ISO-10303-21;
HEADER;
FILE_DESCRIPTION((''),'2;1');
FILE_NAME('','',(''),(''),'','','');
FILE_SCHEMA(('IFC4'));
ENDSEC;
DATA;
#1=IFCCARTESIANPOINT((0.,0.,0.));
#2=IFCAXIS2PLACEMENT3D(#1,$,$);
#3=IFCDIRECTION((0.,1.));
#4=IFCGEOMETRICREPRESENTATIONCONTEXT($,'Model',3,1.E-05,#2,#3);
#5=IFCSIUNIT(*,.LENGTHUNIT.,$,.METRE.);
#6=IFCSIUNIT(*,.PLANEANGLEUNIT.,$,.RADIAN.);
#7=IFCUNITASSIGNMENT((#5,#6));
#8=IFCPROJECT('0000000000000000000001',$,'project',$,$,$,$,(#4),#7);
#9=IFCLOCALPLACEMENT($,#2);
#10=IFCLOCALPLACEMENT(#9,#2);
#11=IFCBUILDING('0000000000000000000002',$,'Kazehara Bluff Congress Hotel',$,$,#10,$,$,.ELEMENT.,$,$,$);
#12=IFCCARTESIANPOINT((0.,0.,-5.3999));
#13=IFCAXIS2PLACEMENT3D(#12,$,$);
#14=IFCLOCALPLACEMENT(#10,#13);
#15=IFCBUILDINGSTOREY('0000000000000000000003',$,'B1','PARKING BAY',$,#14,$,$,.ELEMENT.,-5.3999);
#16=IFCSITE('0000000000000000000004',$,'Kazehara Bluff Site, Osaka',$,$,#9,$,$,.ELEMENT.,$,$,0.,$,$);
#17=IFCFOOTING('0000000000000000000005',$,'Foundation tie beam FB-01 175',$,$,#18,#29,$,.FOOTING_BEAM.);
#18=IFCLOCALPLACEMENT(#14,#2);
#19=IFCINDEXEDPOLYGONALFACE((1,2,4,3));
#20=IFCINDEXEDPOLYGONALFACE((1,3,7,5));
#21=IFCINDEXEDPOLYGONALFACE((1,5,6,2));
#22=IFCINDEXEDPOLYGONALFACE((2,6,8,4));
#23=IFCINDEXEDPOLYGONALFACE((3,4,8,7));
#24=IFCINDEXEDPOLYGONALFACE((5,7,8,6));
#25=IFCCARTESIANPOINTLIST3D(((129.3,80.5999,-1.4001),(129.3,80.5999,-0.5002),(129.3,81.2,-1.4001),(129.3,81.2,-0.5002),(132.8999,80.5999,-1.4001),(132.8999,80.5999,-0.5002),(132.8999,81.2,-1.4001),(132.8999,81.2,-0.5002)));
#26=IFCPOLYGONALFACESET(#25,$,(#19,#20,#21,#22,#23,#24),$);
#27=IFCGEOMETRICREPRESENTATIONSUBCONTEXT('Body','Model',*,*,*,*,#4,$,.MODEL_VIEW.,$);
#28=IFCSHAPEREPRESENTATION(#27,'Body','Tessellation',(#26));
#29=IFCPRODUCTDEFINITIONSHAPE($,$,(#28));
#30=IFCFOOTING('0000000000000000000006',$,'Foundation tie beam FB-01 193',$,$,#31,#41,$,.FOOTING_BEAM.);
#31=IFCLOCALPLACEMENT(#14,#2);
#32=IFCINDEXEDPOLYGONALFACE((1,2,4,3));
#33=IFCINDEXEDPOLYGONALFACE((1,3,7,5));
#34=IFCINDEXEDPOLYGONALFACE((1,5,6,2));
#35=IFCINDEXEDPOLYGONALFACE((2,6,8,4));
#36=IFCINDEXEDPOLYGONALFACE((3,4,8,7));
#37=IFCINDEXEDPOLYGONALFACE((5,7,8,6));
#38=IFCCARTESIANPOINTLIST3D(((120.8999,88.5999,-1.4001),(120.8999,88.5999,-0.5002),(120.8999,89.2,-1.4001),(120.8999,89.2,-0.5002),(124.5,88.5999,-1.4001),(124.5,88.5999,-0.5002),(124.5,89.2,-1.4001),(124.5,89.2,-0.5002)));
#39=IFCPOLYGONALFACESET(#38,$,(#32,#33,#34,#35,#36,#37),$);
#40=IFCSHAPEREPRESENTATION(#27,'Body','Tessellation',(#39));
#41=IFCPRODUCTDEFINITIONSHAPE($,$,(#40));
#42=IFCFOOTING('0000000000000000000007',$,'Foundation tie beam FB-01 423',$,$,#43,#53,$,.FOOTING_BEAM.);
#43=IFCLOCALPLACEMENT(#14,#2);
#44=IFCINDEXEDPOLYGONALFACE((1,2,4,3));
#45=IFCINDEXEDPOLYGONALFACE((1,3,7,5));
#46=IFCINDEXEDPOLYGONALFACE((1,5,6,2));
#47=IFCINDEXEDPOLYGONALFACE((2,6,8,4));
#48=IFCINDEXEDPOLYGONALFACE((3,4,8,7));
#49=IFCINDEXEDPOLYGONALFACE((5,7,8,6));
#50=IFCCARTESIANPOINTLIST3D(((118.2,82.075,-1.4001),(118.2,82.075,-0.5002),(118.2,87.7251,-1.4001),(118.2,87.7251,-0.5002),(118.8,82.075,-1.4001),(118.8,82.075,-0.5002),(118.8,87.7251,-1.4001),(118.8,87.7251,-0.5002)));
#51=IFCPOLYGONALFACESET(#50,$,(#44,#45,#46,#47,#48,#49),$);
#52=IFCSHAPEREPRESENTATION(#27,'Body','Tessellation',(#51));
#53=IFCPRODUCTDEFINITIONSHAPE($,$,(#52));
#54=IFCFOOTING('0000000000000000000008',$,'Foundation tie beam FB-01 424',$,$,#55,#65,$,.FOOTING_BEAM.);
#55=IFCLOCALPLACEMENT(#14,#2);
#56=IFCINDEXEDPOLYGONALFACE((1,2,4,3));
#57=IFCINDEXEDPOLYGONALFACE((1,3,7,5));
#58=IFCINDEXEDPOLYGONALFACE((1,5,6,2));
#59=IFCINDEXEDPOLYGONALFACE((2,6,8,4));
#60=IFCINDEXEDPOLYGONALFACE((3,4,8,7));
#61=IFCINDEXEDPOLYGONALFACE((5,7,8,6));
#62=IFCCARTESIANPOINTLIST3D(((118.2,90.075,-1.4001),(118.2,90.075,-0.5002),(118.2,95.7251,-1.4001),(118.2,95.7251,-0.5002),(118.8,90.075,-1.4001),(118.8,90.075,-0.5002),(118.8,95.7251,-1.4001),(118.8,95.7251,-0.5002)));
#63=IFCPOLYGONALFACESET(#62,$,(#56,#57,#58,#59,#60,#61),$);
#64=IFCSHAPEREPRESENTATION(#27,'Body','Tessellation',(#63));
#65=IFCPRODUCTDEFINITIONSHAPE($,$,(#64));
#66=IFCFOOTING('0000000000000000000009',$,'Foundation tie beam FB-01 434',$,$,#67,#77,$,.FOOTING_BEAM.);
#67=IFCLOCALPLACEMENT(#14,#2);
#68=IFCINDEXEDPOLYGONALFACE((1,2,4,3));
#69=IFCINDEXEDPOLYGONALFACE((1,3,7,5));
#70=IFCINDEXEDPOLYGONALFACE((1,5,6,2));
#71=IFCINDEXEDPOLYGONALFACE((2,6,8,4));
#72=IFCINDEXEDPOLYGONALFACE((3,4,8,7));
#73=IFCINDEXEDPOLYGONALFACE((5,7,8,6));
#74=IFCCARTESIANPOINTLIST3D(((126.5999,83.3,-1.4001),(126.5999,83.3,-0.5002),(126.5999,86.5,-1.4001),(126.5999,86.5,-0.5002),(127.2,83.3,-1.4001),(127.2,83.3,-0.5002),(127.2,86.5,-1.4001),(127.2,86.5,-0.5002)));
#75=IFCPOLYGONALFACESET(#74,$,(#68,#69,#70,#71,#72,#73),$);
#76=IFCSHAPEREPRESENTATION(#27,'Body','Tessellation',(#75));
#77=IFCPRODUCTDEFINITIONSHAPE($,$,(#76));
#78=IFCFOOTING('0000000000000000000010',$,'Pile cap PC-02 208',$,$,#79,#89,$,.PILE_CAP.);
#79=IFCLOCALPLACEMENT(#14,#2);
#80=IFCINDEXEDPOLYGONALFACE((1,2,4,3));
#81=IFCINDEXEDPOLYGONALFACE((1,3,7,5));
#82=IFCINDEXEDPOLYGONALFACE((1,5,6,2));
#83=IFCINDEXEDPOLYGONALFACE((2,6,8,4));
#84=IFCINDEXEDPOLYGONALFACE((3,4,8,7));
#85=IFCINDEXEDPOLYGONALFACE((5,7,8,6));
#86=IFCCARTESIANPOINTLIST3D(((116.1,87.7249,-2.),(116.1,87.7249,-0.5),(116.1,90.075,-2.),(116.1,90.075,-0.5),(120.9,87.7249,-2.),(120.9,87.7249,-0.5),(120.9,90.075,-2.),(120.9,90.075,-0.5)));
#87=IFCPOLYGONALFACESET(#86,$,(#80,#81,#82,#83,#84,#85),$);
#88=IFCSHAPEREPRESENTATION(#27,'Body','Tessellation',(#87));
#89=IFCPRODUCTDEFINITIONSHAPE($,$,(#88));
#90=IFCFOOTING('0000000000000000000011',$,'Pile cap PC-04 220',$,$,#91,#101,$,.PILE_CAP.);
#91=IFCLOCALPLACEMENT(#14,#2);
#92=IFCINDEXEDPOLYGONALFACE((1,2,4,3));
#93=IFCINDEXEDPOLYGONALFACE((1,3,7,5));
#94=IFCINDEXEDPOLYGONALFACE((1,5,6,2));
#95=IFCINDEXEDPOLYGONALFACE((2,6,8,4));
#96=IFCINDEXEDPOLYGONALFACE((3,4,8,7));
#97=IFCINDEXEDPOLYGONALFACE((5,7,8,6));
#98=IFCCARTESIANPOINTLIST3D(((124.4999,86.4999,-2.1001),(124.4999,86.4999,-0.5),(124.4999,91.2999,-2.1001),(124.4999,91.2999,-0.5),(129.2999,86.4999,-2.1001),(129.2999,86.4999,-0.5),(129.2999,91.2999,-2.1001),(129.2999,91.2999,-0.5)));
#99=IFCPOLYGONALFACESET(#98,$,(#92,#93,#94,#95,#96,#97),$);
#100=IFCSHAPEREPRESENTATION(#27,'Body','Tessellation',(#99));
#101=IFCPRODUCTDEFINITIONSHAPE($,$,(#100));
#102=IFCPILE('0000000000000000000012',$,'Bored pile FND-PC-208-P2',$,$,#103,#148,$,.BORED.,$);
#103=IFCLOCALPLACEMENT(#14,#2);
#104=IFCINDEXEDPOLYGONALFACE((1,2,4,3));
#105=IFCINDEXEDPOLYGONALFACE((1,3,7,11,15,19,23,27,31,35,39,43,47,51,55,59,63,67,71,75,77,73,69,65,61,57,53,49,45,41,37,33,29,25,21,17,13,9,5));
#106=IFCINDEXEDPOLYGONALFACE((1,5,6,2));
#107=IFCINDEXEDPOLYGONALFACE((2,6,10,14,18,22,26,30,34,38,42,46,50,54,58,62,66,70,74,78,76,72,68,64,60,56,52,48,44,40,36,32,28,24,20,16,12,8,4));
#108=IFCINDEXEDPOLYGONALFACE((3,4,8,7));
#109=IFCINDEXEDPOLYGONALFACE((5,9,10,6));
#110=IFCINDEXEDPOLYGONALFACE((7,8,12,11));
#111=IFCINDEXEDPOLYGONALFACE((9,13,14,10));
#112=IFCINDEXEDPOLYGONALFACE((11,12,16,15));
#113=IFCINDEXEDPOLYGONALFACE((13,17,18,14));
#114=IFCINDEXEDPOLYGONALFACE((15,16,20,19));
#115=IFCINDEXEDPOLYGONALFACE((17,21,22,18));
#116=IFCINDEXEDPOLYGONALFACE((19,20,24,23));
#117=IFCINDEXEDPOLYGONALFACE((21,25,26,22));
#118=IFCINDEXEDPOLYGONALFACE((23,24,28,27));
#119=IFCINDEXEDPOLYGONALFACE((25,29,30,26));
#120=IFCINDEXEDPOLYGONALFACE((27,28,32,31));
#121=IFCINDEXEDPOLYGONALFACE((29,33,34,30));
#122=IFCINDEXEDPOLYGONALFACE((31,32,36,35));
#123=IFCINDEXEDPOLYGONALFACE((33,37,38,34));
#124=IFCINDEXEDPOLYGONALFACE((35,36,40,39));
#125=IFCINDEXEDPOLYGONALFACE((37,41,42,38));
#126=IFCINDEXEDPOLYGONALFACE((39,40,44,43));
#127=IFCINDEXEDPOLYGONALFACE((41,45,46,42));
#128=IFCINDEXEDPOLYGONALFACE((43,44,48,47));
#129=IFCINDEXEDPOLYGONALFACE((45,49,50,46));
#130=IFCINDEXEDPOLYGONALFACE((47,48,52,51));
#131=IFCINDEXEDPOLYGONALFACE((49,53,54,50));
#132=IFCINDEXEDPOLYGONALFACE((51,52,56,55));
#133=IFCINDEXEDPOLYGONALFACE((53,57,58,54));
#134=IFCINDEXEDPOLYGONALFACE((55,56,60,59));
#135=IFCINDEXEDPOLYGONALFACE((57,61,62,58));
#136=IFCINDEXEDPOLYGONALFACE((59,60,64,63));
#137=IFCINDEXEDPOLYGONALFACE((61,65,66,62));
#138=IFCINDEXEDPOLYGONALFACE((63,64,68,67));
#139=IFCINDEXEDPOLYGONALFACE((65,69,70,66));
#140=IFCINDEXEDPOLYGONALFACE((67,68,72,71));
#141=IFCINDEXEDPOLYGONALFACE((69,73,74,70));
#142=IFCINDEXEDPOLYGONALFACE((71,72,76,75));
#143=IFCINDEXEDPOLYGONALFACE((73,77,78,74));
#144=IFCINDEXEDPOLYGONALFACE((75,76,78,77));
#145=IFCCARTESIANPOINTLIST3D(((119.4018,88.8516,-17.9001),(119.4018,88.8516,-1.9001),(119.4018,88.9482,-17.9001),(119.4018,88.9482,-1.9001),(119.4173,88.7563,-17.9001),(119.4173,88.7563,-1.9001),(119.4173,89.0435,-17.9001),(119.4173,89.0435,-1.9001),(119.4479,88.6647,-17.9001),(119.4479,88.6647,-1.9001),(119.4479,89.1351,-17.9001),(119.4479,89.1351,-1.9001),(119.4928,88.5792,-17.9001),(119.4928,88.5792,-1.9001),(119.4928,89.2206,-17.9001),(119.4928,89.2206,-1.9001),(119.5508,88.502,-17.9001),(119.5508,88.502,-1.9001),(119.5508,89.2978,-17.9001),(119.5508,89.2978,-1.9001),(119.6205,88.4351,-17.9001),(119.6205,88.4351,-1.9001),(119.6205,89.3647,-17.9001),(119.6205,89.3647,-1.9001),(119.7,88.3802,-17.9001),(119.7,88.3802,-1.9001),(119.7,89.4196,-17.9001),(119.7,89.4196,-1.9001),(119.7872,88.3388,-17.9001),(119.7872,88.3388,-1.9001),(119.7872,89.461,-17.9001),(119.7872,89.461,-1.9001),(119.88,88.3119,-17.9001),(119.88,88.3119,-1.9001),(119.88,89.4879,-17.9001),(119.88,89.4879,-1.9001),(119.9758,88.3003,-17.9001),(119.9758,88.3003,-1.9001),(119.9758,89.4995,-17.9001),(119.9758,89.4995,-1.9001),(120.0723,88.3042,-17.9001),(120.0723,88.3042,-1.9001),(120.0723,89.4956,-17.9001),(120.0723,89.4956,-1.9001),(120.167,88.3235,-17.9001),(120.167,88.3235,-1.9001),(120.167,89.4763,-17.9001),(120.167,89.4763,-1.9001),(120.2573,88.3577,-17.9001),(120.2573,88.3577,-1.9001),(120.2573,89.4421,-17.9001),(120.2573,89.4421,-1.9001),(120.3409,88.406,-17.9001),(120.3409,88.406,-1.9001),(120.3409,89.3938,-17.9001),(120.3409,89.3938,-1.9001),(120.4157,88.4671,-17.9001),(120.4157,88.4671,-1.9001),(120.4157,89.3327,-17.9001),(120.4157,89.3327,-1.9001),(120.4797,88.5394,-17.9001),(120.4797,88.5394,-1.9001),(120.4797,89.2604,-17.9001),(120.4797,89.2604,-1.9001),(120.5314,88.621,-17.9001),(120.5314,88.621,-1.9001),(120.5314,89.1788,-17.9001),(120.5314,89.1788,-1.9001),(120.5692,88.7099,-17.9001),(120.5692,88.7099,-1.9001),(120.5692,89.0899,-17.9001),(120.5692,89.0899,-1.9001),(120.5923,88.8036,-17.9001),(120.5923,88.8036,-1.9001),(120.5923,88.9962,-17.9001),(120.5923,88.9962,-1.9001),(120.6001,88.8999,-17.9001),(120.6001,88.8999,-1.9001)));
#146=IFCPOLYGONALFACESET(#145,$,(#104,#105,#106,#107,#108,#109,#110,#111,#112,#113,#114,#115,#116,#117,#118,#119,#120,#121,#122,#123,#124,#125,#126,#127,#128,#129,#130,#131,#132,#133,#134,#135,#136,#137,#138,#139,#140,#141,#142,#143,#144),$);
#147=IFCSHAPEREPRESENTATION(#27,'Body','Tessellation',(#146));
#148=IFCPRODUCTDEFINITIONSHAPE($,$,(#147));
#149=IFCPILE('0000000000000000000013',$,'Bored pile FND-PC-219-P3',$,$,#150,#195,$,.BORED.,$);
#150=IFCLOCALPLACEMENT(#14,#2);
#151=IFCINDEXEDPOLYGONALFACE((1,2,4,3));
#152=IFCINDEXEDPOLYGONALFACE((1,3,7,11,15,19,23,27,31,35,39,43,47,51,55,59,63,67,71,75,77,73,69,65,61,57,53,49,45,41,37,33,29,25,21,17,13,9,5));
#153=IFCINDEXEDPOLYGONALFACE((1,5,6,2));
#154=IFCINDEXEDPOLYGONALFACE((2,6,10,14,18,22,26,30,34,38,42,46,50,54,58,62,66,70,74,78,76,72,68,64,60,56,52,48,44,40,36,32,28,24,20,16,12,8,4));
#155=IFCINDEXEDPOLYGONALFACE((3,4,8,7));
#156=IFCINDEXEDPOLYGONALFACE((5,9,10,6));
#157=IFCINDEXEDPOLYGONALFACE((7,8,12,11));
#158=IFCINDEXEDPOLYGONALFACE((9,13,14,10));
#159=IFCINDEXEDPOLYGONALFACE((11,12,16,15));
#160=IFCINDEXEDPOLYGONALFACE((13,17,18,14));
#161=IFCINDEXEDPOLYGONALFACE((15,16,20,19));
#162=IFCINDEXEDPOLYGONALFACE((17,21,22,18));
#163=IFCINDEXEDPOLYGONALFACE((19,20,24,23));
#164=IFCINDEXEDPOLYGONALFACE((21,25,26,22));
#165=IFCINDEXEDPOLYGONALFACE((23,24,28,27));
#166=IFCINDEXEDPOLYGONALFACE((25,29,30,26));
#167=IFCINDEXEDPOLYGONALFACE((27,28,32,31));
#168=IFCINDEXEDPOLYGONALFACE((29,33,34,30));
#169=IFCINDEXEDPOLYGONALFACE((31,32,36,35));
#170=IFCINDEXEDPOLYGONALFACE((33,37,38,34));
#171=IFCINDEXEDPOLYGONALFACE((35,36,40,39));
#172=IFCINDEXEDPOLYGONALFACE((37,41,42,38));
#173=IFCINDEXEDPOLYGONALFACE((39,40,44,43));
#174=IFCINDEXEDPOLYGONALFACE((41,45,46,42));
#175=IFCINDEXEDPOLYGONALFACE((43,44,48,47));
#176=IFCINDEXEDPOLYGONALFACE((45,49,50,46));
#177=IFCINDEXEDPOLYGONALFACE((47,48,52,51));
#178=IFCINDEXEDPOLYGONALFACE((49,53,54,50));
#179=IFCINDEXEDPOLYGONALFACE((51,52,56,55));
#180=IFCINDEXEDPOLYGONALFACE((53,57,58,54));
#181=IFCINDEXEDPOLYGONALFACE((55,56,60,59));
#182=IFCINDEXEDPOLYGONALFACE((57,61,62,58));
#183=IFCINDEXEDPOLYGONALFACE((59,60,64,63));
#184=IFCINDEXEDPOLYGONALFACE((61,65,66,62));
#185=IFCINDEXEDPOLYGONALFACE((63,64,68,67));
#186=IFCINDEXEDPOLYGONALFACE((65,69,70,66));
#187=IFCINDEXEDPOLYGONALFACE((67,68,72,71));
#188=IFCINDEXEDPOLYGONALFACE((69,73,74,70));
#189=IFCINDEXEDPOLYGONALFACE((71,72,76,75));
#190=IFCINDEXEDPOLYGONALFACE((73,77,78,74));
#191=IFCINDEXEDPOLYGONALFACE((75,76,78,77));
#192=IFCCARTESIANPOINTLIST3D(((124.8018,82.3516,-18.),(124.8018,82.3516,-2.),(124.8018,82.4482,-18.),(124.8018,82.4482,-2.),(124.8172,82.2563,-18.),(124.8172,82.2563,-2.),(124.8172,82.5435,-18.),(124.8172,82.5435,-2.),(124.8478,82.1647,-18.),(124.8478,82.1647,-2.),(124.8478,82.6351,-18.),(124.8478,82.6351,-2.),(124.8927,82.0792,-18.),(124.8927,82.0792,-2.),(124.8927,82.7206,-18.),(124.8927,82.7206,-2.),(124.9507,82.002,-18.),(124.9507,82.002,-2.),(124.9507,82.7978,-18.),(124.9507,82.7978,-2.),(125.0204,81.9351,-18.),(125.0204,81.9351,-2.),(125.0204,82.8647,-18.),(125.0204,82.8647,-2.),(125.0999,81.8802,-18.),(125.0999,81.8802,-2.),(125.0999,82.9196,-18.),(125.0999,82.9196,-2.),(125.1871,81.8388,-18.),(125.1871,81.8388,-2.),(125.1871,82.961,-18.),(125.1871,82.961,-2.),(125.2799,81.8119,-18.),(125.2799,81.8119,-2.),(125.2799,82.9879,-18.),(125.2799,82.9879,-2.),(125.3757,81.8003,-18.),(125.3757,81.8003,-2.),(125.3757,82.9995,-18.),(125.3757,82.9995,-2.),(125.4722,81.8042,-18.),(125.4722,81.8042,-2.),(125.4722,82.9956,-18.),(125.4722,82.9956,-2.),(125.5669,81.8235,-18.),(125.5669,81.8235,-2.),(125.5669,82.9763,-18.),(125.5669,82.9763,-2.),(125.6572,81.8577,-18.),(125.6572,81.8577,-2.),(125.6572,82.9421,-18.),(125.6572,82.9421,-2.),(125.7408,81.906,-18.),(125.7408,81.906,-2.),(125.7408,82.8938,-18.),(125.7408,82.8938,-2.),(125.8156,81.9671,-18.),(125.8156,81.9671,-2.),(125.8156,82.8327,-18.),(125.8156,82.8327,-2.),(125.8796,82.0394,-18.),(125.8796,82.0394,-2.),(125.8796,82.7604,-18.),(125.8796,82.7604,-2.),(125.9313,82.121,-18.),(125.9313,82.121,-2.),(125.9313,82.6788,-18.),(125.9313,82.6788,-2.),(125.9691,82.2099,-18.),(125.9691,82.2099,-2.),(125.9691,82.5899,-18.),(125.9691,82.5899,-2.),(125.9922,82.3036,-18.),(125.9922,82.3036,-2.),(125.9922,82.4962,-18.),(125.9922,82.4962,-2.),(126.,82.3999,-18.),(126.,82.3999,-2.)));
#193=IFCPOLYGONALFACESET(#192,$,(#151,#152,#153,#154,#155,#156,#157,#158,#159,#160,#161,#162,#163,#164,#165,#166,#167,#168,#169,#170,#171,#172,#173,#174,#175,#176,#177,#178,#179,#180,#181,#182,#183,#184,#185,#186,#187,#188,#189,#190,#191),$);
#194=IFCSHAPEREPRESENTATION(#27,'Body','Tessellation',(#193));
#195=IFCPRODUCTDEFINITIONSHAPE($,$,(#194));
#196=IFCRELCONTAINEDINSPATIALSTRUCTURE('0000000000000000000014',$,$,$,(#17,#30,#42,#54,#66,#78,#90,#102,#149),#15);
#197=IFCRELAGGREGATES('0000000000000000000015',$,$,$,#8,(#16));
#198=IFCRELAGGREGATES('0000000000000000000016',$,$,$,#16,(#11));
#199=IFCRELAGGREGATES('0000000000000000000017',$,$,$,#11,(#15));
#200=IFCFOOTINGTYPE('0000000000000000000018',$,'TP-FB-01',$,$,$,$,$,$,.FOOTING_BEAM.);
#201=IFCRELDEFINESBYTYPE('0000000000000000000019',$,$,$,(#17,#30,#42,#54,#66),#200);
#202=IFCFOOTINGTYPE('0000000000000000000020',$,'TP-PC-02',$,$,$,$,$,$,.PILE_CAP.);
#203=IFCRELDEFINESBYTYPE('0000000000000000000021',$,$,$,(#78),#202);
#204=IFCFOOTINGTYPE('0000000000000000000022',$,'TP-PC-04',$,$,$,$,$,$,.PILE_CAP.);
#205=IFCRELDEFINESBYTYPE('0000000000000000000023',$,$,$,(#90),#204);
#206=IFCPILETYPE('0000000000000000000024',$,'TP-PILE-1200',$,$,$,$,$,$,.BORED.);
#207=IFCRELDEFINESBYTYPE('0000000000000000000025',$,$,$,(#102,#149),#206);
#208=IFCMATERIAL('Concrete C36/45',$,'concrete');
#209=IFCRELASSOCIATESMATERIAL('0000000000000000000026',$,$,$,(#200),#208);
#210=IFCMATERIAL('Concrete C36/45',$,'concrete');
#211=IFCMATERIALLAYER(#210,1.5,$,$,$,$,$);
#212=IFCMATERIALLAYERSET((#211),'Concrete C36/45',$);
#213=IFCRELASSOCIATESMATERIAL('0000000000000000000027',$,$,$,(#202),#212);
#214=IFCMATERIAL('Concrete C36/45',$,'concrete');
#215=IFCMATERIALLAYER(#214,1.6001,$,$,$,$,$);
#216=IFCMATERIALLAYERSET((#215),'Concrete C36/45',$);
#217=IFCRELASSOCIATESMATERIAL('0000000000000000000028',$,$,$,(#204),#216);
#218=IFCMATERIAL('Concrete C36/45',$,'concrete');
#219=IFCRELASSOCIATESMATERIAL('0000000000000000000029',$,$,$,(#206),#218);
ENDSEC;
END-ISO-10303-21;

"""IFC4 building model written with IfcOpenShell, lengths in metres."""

from ifc_helpers import new_model, si_unit, direction, frame, origin, origin_2d, place, context, subcontext, project, spatial, rectangle, circle, extrude, material, layer, layer_set, material_profile, profile_set, type_object, element, save


model = new_model("IFC4")

# Units and contexts
model_context = context("Model", 3, precision=1e-05, world=origin(), true_north=direction((0.0, 1.0)))
body_context = subcontext(model_context, "Body", "Model", "MODEL_VIEW")
ifc_project = project(units=[si_unit("LENGTHUNIT", "METRE"), si_unit("PLANEANGLEUNIT", "RADIAN")], contexts=[model_context])

# Site, building, storey
site_placement = place(None, origin())
site = spatial("IfcSite", under=ifc_project, at=site_placement, Name="Kazehara Bluff Site, Osaka", CompositionType="ELEMENT", RefElevation=0.0)
building_placement = place(site_placement, origin())
building = spatial("IfcBuilding", under=site, at=building_placement, Name="Kazehara Bluff Congress Hotel", CompositionType="ELEMENT")
storey_placement = place(building_placement, frame((0.0, 0.0, -5.3999)))
storey = spatial("IfcBuildingStorey", under=building, at=storey_placement, Name="B1", Description="PARKING BAY", CompositionType="ELEMENT", Elevation=-5.3999)

# Footings
ifc_material_1 = material(Name="Concrete C36/45", Category="concrete")
ifc_material_profile_1 = material_profile(ifc_material_1, rectangle(XDim=0.6001, YDim=0.8999, at=origin_2d()))
ifc_profile_set_1 = profile_set([ifc_material_profile_1], Name="Concrete C36/45")
footing_type_1 = type_object("IfcFootingType", Name="TP-FB-01", PredefinedType="FOOTING_BEAM", material=ifc_profile_set_1)
footing_1_placement = place(storey_placement, frame((129.3, 80.8999, -0.9502), z_axis=(1.0, 0.0, 0.0), x_axis=(0.0, 1.0, 0.0)))
element("IfcFooting", 1, at=footing_1_placement, inside=storey, type_object=footing_type_1, Name="Foundation tie beam FB-01 175", PredefinedType="FOOTING_BEAM", context=body_context, shape_type="SweptSolid", body=[
    extrude(rectangle(XDim=0.6001, YDim=0.8999, at=origin_2d()), origin(), (0.0, 0.0, 1.0), 3.5999),
])
footing_2_placement = place(storey_placement, frame((120.8999, 88.8999, -0.9502), z_axis=(1.0, 0.0, 0.0), x_axis=(0.0, 1.0, 0.0)))
element("IfcFooting", 2, at=footing_2_placement, inside=storey, type_object=footing_type_1, Name="Foundation tie beam FB-01 193", PredefinedType="FOOTING_BEAM", context=body_context, shape_type="SweptSolid", body=[
    extrude(rectangle(XDim=0.6001, YDim=0.8999, at=origin_2d()), origin(), (0.0, 0.0, 1.0), 3.6001),
])
for number, where, z_axis, x_axis, name in (
    (3, (118.5, 82.075, -0.9502), (0.0, 1.0, 0.0), (-1.0, 0.0, 0.0), "Foundation tie beam FB-01 423"),
    (4, (118.5, 90.075, -0.9502), (0.0, 1.0, 0.0), (-1.0, 0.0, 0.0), "Foundation tie beam FB-01 424"),
):
    element("IfcFooting", number, at=place(storey_placement, frame(where, z_axis=z_axis, x_axis=x_axis)), inside=storey, type_object=footing_type_1, Name=name, PredefinedType="FOOTING_BEAM", context=body_context, shape_type="SweptSolid", body=[
        extrude(rectangle(XDim=0.6001, YDim=0.8999, at=origin_2d()), origin(), (0.0, 0.0, 1.0), 5.6501),
    ])
footing_3_placement = place(storey_placement, frame((126.8999, 83.3, -0.9502), z_axis=(0.0, 1.0, 0.0), x_axis=(-1.0, 0.0, 0.0)))
element("IfcFooting", 5, at=footing_3_placement, inside=storey, type_object=footing_type_1, Name="Foundation tie beam FB-01 434", PredefinedType="FOOTING_BEAM", context=body_context, shape_type="SweptSolid", body=[
    extrude(rectangle(XDim=0.6001, YDim=0.8999, at=origin_2d()), origin(), (0.0, 0.0, 1.0), 3.2),
])
ifc_material_2 = material(Name="Concrete C36/45", Category="concrete")
ifc_layer_1 = layer(ifc_material_2, 1.5)
ifc_layer_set_1 = layer_set([ifc_layer_1], Name="Concrete C36/45")
footing_type_2 = type_object("IfcFootingType", Name="TP-PC-02", PredefinedType="PILE_CAP", material=ifc_layer_set_1)
footing_4_placement = place(storey_placement, frame((118.5, 88.8999, -2.0), z_axis=(0.0, 0.0, 1.0), x_axis=(1.0, 0.0, 0.0)))
element("IfcFooting", 6, at=footing_4_placement, inside=storey, type_object=footing_type_2, Name="Pile cap PC-02 208", PredefinedType="PILE_CAP", context=body_context, shape_type="SweptSolid", body=[
    extrude(rectangle(XDim=4.8, YDim=2.3501, at=origin_2d()), origin(), (0.0, 0.0, 1.0), 1.5),
])
ifc_material_3 = material(Name="Concrete C36/45", Category="concrete")
ifc_layer_2 = layer(ifc_material_3, 1.6001)
ifc_layer_set_2 = layer_set([ifc_layer_2], Name="Concrete C36/45")
footing_type_3 = type_object("IfcFootingType", Name="TP-PC-04", PredefinedType="PILE_CAP", material=ifc_layer_set_2)
footing_5_placement = place(storey_placement, frame((126.8999, 88.8999, -2.1001), z_axis=(0.0, 0.0, 1.0), x_axis=(1.0, 0.0, 0.0)))
element("IfcFooting", 7, at=footing_5_placement, inside=storey, type_object=footing_type_3, Name="Pile cap PC-04 220", PredefinedType="PILE_CAP", context=body_context, shape_type="SweptSolid", body=[
    extrude(rectangle(XDim=4.8, YDim=4.8, at=origin_2d()), origin(), (0.0, 0.0, 1.0), 1.6001),
])

# Piles
ifc_material_4 = material(Name="Concrete C36/45", Category="concrete")
ifc_material_profile_2 = material_profile(ifc_material_4, circle(Radius=0.6001, at=origin_2d()))
ifc_profile_set_2 = profile_set([ifc_material_profile_2], Name="Concrete C36/45")
pile_type = type_object("IfcPileType", Name="TP-PILE-1200", PredefinedType="BORED", material=ifc_profile_set_2)
for number, where, z_axis, x_axis, name in (
    (8, (120.0, 88.8999, -1.9001), (0.0, 0.0, -1.0), (1.0, 0.0, 0.0), "Bored pile FND-PC-208-P2"),
    (9, (125.3999, 82.3999, -2.0), (0.0, 0.0, -1.0), (1.0, 0.0, 0.0), "Bored pile FND-PC-219-P3"),
):
    element("IfcPile", number, at=place(storey_placement, frame(where, z_axis=z_axis, x_axis=x_axis)), inside=storey, type_object=pile_type, Name=name, PredefinedType="BORED", context=body_context, shape_type="SweptSolid", body=[
        extrude(circle(Radius=0.6001, at=origin_2d()), origin(), (0.0, 0.0, 1.0), 16.0),
    ])

save(model, "model.ifc")
